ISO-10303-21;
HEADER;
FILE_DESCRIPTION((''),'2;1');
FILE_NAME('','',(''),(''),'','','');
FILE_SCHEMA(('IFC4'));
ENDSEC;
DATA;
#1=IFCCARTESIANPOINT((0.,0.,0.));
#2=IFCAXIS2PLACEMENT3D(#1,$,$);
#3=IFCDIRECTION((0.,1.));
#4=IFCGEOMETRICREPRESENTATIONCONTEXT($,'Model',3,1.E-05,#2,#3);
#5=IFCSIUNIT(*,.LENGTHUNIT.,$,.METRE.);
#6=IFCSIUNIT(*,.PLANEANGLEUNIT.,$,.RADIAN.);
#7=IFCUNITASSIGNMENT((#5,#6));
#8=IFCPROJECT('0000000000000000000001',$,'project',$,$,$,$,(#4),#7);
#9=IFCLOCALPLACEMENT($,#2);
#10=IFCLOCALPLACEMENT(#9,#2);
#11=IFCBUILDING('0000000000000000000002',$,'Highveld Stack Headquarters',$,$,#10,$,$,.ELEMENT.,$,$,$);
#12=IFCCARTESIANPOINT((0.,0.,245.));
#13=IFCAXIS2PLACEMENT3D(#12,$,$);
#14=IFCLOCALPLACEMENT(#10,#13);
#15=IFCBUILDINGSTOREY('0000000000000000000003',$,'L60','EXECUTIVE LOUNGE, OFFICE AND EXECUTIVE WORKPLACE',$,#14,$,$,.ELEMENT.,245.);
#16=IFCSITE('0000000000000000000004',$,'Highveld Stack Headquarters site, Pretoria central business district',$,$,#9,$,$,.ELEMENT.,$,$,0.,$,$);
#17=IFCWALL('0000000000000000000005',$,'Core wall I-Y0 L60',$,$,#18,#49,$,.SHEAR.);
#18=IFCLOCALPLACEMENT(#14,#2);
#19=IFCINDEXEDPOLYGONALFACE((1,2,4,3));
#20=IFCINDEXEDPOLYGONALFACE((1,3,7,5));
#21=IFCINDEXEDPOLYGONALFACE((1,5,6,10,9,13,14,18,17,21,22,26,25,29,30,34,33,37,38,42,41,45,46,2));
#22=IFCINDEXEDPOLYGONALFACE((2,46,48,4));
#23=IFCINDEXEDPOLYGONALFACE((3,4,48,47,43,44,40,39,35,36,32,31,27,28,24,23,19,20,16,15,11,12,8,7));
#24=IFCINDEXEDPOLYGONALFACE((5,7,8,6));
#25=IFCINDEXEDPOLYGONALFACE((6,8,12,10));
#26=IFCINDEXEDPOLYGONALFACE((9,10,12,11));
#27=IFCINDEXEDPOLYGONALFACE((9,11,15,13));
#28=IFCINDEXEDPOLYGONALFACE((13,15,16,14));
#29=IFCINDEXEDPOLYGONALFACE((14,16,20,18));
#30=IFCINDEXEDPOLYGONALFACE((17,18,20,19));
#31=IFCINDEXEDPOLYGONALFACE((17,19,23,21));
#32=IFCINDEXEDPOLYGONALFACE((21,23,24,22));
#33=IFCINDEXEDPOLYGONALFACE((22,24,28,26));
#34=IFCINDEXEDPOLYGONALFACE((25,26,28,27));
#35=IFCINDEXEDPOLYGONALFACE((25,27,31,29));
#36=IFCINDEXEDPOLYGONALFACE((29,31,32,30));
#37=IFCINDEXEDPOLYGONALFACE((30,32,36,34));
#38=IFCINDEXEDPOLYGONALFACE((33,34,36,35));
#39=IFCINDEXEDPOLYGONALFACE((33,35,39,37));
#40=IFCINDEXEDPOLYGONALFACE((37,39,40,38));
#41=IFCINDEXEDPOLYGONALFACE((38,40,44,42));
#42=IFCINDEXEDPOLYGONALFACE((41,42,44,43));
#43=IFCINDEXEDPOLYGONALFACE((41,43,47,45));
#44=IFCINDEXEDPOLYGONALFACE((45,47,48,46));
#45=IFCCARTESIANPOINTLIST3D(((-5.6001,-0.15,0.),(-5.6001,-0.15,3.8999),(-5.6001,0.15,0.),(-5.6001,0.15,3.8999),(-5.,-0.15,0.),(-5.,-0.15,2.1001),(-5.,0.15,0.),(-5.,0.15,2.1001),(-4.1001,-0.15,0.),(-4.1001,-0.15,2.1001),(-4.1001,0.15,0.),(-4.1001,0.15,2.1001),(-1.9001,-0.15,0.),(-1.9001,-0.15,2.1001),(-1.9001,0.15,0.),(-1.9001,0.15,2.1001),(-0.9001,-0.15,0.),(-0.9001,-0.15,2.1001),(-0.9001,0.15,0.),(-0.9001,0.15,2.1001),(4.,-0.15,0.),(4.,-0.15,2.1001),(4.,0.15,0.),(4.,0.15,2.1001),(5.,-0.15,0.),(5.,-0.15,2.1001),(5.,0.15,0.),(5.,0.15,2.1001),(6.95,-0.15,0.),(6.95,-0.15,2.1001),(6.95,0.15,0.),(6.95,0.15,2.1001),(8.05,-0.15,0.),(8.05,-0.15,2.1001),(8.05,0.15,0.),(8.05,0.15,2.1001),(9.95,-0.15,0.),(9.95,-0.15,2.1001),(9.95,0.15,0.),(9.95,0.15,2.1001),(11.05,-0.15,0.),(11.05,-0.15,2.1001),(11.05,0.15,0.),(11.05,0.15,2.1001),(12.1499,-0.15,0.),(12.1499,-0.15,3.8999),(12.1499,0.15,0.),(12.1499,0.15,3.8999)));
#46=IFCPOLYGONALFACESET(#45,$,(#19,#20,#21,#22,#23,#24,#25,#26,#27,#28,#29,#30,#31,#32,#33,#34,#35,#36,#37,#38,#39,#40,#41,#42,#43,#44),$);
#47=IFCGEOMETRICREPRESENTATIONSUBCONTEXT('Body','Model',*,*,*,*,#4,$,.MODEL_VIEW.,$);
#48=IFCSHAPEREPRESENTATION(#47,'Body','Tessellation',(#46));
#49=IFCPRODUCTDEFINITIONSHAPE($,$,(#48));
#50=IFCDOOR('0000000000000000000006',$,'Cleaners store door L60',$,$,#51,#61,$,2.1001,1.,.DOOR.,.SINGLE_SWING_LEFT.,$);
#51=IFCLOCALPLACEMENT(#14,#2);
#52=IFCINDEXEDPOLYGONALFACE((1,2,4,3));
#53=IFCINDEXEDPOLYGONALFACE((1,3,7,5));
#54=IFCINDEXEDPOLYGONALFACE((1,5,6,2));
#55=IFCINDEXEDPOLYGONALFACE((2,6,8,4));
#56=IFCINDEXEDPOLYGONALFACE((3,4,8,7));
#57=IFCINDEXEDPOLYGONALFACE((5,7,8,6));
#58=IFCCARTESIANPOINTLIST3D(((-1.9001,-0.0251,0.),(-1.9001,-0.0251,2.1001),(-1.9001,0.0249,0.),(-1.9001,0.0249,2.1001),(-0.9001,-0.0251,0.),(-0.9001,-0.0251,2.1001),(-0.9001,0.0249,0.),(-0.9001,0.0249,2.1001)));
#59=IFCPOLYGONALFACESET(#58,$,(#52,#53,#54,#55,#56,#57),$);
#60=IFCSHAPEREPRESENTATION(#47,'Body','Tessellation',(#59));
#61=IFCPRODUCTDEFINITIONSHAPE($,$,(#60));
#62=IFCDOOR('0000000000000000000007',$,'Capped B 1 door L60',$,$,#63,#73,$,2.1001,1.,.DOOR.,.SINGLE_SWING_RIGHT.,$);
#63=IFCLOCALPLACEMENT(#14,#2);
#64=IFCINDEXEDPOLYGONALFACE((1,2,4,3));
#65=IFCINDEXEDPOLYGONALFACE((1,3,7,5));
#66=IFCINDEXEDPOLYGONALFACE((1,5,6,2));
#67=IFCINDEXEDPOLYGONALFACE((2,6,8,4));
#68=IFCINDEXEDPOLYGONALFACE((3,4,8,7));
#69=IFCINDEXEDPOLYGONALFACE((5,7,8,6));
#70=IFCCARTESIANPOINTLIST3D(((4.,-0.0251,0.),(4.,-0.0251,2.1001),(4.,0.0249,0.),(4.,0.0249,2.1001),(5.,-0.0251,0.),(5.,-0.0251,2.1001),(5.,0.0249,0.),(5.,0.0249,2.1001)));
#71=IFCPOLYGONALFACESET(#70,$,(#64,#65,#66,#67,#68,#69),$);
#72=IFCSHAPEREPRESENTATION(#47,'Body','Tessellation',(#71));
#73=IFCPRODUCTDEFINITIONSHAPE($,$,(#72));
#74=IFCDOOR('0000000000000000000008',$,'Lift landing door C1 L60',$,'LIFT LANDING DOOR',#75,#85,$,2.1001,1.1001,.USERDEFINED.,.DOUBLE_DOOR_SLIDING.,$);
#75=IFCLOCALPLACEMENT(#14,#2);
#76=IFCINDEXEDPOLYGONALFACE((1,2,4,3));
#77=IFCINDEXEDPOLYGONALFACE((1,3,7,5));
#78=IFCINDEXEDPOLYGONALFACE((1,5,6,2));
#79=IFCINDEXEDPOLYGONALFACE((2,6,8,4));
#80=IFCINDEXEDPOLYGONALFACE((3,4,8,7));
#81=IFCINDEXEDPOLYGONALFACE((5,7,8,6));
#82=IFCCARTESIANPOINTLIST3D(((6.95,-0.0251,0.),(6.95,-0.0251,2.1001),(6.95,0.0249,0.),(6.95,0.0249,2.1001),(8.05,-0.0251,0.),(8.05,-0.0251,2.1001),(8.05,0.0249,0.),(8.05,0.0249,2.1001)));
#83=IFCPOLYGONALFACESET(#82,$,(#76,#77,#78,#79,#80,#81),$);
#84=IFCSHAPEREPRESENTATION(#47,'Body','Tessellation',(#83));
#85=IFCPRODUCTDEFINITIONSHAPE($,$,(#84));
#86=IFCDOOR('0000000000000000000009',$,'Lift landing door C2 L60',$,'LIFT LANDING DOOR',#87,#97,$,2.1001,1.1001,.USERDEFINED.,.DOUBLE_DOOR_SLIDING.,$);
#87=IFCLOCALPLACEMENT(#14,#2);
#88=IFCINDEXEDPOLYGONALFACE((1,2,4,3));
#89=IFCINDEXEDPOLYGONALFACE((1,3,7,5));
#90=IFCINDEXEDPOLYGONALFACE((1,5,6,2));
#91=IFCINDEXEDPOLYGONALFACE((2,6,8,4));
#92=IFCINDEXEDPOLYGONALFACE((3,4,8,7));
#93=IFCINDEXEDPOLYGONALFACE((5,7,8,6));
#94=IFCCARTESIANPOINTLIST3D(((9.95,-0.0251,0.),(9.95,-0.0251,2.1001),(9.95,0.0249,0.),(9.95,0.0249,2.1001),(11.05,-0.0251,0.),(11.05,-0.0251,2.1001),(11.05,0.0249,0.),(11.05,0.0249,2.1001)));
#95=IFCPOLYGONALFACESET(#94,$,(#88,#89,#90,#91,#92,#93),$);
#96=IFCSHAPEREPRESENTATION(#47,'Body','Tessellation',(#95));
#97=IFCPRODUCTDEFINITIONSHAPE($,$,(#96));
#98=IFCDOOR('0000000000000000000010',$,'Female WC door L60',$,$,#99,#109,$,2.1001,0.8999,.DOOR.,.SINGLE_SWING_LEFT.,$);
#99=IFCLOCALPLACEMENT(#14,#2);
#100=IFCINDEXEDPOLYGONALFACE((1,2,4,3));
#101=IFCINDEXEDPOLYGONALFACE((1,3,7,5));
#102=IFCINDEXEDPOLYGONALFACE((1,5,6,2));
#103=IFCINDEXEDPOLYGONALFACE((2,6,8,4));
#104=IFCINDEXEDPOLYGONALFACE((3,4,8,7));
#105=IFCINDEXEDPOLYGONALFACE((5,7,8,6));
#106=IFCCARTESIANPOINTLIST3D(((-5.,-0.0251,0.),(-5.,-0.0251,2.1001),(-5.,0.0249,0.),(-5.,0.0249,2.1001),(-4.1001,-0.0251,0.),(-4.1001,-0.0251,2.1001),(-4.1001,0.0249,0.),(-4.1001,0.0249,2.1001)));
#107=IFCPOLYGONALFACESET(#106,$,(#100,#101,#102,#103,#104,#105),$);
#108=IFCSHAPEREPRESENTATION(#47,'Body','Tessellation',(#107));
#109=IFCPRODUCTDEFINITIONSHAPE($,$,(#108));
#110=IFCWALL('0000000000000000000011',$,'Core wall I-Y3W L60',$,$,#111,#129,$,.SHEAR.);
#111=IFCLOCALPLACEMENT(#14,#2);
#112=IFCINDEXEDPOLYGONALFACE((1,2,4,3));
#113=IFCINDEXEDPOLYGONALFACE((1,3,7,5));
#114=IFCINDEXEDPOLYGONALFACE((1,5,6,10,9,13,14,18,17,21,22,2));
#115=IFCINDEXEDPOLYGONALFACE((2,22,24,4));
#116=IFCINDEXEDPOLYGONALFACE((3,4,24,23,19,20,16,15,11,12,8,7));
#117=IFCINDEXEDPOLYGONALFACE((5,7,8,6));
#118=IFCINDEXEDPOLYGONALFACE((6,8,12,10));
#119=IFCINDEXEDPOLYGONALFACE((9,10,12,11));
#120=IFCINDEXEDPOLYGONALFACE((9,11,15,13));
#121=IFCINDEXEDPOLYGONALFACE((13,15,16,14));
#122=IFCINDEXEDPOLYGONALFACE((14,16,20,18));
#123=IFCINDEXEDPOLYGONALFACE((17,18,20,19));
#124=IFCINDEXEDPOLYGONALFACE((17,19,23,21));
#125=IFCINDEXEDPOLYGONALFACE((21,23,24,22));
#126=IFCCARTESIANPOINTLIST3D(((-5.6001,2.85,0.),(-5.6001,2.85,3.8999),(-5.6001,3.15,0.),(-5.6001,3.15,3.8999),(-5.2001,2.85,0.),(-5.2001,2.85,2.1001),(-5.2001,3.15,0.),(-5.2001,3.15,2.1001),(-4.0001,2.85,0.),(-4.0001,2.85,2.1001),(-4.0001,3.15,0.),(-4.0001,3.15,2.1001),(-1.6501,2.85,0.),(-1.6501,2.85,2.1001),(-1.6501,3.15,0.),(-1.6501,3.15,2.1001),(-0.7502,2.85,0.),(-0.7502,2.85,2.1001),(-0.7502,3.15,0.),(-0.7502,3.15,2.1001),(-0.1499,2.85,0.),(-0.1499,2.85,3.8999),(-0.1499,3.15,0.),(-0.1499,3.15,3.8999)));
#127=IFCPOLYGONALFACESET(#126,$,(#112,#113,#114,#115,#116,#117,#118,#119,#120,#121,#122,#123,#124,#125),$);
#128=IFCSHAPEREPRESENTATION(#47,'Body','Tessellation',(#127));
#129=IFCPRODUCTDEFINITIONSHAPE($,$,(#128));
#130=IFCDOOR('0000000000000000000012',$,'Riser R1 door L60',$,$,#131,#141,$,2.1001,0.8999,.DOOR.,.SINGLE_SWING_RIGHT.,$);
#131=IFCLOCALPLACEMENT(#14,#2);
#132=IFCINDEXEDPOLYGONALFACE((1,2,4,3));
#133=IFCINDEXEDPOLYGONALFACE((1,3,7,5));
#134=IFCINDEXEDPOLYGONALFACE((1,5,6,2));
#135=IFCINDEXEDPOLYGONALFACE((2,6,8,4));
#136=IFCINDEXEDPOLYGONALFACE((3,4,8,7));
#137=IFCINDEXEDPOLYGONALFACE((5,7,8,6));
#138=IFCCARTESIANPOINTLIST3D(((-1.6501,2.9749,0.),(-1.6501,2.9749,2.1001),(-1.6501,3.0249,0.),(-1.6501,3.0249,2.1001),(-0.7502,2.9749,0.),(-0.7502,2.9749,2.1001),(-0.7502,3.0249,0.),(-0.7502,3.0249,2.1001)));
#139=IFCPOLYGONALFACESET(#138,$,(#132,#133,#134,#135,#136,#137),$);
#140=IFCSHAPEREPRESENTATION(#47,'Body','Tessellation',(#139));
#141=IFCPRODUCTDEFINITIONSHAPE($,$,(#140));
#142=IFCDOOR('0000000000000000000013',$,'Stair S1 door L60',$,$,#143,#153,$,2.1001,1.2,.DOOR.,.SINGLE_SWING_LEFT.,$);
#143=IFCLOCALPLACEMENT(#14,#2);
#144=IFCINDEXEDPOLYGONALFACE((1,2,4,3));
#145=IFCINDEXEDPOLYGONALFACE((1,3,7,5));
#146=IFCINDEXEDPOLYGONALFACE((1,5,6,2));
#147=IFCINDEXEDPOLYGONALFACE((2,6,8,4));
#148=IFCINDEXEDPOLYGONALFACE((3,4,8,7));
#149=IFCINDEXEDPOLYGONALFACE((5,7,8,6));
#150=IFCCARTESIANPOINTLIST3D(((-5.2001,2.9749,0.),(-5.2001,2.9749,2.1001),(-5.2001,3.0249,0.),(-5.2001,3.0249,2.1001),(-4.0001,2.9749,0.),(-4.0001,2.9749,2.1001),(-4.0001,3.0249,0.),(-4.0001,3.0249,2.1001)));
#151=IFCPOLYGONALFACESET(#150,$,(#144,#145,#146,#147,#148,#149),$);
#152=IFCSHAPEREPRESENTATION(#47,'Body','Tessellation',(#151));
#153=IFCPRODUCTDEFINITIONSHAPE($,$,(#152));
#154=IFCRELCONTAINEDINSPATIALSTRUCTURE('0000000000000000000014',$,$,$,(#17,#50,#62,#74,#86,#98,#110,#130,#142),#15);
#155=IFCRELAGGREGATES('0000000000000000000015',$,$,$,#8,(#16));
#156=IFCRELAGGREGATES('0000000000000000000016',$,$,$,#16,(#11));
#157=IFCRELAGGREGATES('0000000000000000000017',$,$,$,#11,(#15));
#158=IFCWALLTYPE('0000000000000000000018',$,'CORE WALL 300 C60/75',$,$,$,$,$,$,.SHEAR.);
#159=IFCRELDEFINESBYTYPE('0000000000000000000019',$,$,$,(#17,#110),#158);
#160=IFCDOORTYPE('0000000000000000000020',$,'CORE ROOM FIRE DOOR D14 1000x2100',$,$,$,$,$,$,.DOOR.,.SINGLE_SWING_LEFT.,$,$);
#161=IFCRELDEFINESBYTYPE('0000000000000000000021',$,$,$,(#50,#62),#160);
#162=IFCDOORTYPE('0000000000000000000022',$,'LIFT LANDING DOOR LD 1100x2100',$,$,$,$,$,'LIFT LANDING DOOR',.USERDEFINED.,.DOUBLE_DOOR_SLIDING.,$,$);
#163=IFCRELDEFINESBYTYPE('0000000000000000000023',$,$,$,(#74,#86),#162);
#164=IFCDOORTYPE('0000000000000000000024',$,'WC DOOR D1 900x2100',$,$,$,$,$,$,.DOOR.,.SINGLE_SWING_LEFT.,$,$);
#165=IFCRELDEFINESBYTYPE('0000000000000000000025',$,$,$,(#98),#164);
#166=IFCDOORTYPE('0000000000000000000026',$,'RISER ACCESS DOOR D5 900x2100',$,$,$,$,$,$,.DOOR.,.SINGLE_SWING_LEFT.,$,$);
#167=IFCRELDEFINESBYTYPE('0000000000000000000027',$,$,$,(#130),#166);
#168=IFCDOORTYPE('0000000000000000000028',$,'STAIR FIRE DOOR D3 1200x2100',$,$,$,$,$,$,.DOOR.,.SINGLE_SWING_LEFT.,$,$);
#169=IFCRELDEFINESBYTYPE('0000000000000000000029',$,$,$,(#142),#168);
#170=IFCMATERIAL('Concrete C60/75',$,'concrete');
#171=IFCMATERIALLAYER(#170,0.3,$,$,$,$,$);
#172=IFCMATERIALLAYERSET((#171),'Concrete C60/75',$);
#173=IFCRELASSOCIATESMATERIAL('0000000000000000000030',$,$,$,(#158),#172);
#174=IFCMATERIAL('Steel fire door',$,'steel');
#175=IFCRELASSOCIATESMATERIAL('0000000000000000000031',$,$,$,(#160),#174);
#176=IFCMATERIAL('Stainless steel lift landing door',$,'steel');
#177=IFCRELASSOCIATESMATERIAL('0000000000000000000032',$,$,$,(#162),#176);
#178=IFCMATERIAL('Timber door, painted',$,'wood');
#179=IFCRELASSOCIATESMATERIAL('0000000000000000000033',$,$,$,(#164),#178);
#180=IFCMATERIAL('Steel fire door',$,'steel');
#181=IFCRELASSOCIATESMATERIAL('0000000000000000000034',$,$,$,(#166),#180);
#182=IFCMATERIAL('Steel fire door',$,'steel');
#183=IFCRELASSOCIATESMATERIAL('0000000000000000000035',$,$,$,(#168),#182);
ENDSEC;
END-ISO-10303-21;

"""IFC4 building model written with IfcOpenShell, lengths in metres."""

from ifc_helpers import new_model, si_unit, direction, frame, frame_2d, origin, place, context, subcontext, project, spatial, rectangle, extrude, material, layer, layer_set, type_object, element, fill, save


model = new_model("IFC4")

# Units and contexts
model_context = context("Model", 3, precision=1e-05, world=origin(), true_north=direction((0.0, 1.0)))
body_context = subcontext(model_context, "Body", "Model", "MODEL_VIEW")
ifc_project = project(units=[si_unit("LENGTHUNIT", "METRE"), si_unit("PLANEANGLEUNIT", "RADIAN")], contexts=[model_context])

# Site, building, storey
site_placement = place(None, origin())
site = spatial("IfcSite", under=ifc_project, at=site_placement, Name="Highveld Stack Headquarters site, Pretoria central business district", CompositionType="ELEMENT", RefElevation=0.0)
building_placement = place(site_placement, origin())
building = spatial("IfcBuilding", under=site, at=building_placement, Name="Highveld Stack Headquarters", CompositionType="ELEMENT")
storey_placement = place(building_placement, frame((0.0, 0.0, 245.0)))
storey = spatial("IfcBuildingStorey", under=building, at=storey_placement, Name="L60", Description="EXECUTIVE LOUNGE, OFFICE AND EXECUTIVE WORKPLACE", CompositionType="ELEMENT", Elevation=245.0)

# Walls, openings, doors
ifc_material_1 = material(Name="Concrete C60/75", Category="concrete")
ifc_layer_1 = layer(ifc_material_1, 0.3)
ifc_layer_set_1 = layer_set([ifc_layer_1], Name="Concrete C60/75")
wall_type_1 = type_object("IfcWallType", Name="CORE WALL 300 C60/75", PredefinedType="SHEAR", material=ifc_layer_set_1)
wall_1_placement = place(storey_placement, frame((-5.6001, 0.0, 0.0), z_axis=(0.0, 0.0, 1.0), x_axis=(1.0, 0.0, 0.0)))
wall_1 = element("IfcWall", 1, at=wall_1_placement, inside=storey, type_object=wall_type_1, Name="Core wall I-Y0 L60", PredefinedType="SHEAR", context=body_context, shape_type="SweptSolid", body=[
    extrude(rectangle(XDim=17.75, YDim=0.3, at=frame_2d((8.875, 0.0))), origin(), (0.0, 0.0, 1.0), 3.8999),
])
opening_1_placement = place(wall_1_placement, frame((0.6001, 0.0, 0.0)))
opening_1 = element("IfcOpeningElement", 2, at=opening_1_placement, cuts=wall_1, PredefinedType="OPENING", context=body_context, shape_type="SweptSolid", body=[
    extrude(rectangle(XDim=0.8999, YDim=2.1001, at=frame_2d((0.45, 1.05))), frame((0.0, 0.1599, 0.0), z_axis=(0.0, -1.0, 0.0), x_axis=(1.0, 0.0, 0.0)), (0.0, 0.0, 1.0), 0.3201),
])
opening_2_placement = place(wall_1_placement, frame((3.7, 0.0, 0.0)))
opening_2 = element("IfcOpeningElement", 3, at=opening_2_placement, cuts=wall_1, PredefinedType="OPENING", context=body_context, shape_type="SweptSolid", body=[
    extrude(rectangle(XDim=1.0, YDim=2.1001, at=frame_2d((0.5, 1.05))), frame((0.0, 0.1599, 0.0), z_axis=(0.0, -1.0, 0.0), x_axis=(1.0, 0.0, 0.0)), (0.0, 0.0, 1.0), 0.3201),
])
opening_3_placement = place(wall_1_placement, frame((9.6001, 0.0, 0.0)))
opening_3 = element("IfcOpeningElement", 4, at=opening_3_placement, cuts=wall_1, PredefinedType="OPENING", context=body_context, shape_type="SweptSolid", body=[
    extrude(rectangle(XDim=1.0, YDim=2.1001, at=frame_2d((0.5, 1.05))), frame((0.0, 0.1599, 0.0), z_axis=(0.0, -1.0, 0.0), x_axis=(1.0, 0.0, 0.0)), (0.0, 0.0, 1.0), 0.3201),
])
opening_4_placement = place(wall_1_placement, frame((12.55, 0.0, 0.0)))
opening_4 = element("IfcOpeningElement", 5, at=opening_4_placement, cuts=wall_1, PredefinedType="OPENING", context=body_context, shape_type="SweptSolid", body=[
    extrude(rectangle(XDim=1.1001, YDim=2.1001, at=frame_2d((0.55, 1.05))), frame((0.0, 0.1599, 0.0), z_axis=(0.0, -1.0, 0.0), x_axis=(1.0, 0.0, 0.0)), (0.0, 0.0, 1.0), 0.3201),
])
opening_5_placement = place(wall_1_placement, frame((15.55, 0.0, 0.0)))
opening_5 = element("IfcOpeningElement", 6, at=opening_5_placement, cuts=wall_1, PredefinedType="OPENING", context=body_context, shape_type="SweptSolid", body=[
    extrude(rectangle(XDim=1.1001, YDim=2.1001, at=frame_2d((0.55, 1.05))), frame((0.0, 0.1599, 0.0), z_axis=(0.0, -1.0, 0.0), x_axis=(1.0, 0.0, 0.0)), (0.0, 0.0, 1.0), 0.3201),
])
ifc_material_2 = material(Name="Steel fire door", Category="steel")
door_type_1 = type_object("IfcDoorType", Name="CORE ROOM FIRE DOOR D14 1000x2100", OperationType="SINGLE_SWING_LEFT", PredefinedType="DOOR", material=ifc_material_2)
door_1_placement = place(opening_2_placement, origin())
door_1 = element("IfcDoor", 7, at=door_1_placement, inside=storey, type_object=door_type_1, Name="Cleaners store door L60", OperationType="SINGLE_SWING_LEFT", OverallHeight=2.1001, OverallWidth=1.0, PredefinedType="DOOR", context=body_context, shape_type="SweptSolid", body=[
    extrude(rectangle(XDim=1.0, YDim=2.1001, at=frame_2d((0.5, 1.05))), frame((0.0, 0.0249, 0.0), z_axis=(0.0, -1.0, 0.0), x_axis=(1.0, 0.0, 0.0)), (0.0, 0.0, 1.0), 0.05),
])
fill(opening_2, door_1)
door_2_placement = place(opening_3_placement, origin())
door_2 = element("IfcDoor", 8, at=door_2_placement, inside=storey, type_object=door_type_1, Name="Capped B 1 door L60", OperationType="SINGLE_SWING_RIGHT", OverallHeight=2.1001, OverallWidth=1.0, PredefinedType="DOOR", context=body_context, shape_type="SweptSolid", body=[
    extrude(rectangle(XDim=1.0, YDim=2.1001, at=frame_2d((0.5, 1.05))), frame((0.0, 0.0249, 0.0), z_axis=(0.0, -1.0, 0.0), x_axis=(1.0, 0.0, 0.0)), (0.0, 0.0, 1.0), 0.05),
])
fill(opening_3, door_2)
ifc_material_3 = material(Name="Stainless steel lift landing door", Category="steel")
door_type_2 = type_object("IfcDoorType", Name="LIFT LANDING DOOR LD 1100x2100", ElementType="LIFT LANDING DOOR", OperationType="DOUBLE_DOOR_SLIDING", PredefinedType="USERDEFINED", material=ifc_material_3)
door_3_placement = place(opening_4_placement, origin())
door_3 = element("IfcDoor", 9, at=door_3_placement, inside=storey, type_object=door_type_2, Name="Lift landing door C1 L60", ObjectType="LIFT LANDING DOOR", OperationType="DOUBLE_DOOR_SLIDING", OverallHeight=2.1001, OverallWidth=1.1001, PredefinedType="USERDEFINED", context=body_context, shape_type="SweptSolid", body=[
    extrude(rectangle(XDim=1.1001, YDim=2.1001, at=frame_2d((0.55, 1.05))), frame((0.0, 0.0249, 0.0), z_axis=(0.0, -1.0, 0.0), x_axis=(1.0, 0.0, 0.0)), (0.0, 0.0, 1.0), 0.05),
])
fill(opening_4, door_3)
door_4_placement = place(opening_5_placement, origin())
door_4 = element("IfcDoor", 10, at=door_4_placement, inside=storey, type_object=door_type_2, Name="Lift landing door C2 L60", ObjectType="LIFT LANDING DOOR", OperationType="DOUBLE_DOOR_SLIDING", OverallHeight=2.1001, OverallWidth=1.1001, PredefinedType="USERDEFINED", context=body_context, shape_type="SweptSolid", body=[
    extrude(rectangle(XDim=1.1001, YDim=2.1001, at=frame_2d((0.55, 1.05))), frame((0.0, 0.0249, 0.0), z_axis=(0.0, -1.0, 0.0), x_axis=(1.0, 0.0, 0.0)), (0.0, 0.0, 1.0), 0.05),
])
fill(opening_5, door_4)
ifc_material_4 = material(Name="Timber door, painted", Category="wood")
door_type_3 = type_object("IfcDoorType", Name="WC DOOR D1 900x2100", OperationType="SINGLE_SWING_LEFT", PredefinedType="DOOR", material=ifc_material_4)
door_5_placement = place(opening_1_placement, origin())
door_5 = element("IfcDoor", 11, at=door_5_placement, inside=storey, type_object=door_type_3, Name="Female WC door L60", OperationType="SINGLE_SWING_LEFT", OverallHeight=2.1001, OverallWidth=0.8999, PredefinedType="DOOR", context=body_context, shape_type="SweptSolid", body=[
    extrude(rectangle(XDim=0.8999, YDim=2.1001, at=frame_2d((0.45, 1.05))), frame((0.0, 0.0249, 0.0), z_axis=(0.0, -1.0, 0.0), x_axis=(1.0, 0.0, 0.0)), (0.0, 0.0, 1.0), 0.05),
])
fill(opening_1, door_5)
wall_2_placement = place(storey_placement, frame((-5.6001, 3.0, 0.0), z_axis=(0.0, 0.0, 1.0), x_axis=(1.0, 0.0, 0.0)))
wall_2 = element("IfcWall", 12, at=wall_2_placement, inside=storey, type_object=wall_type_1, Name="Core wall I-Y3W L60", PredefinedType="SHEAR", context=body_context, shape_type="SweptSolid", body=[
    extrude(rectangle(XDim=5.4502, YDim=0.3, at=frame_2d((2.7251, 0.0))), origin(), (0.0, 0.0, 1.0), 3.8999),
])
opening_6_placement = place(wall_2_placement, frame((0.3999, 0.0, 0.0)))
opening_6 = element("IfcOpeningElement", 13, at=opening_6_placement, cuts=wall_2, PredefinedType="OPENING", context=body_context, shape_type="SweptSolid", body=[
    extrude(rectangle(XDim=1.2, YDim=2.1001, at=frame_2d((0.6001, 1.05))), frame((0.0, 0.1599, 0.0), z_axis=(0.0, -1.0, 0.0), x_axis=(1.0, 0.0, 0.0)), (0.0, 0.0, 1.0), 0.3201),
])
opening_7_placement = place(wall_2_placement, frame((3.95, 0.0, 0.0)))
opening_7 = element("IfcOpeningElement", 14, at=opening_7_placement, cuts=wall_2, PredefinedType="OPENING", context=body_context, shape_type="SweptSolid", body=[
    extrude(rectangle(XDim=0.8999, YDim=2.1001, at=frame_2d((0.45, 1.05))), frame((0.0, 0.1599, 0.0), z_axis=(0.0, -1.0, 0.0), x_axis=(1.0, 0.0, 0.0)), (0.0, 0.0, 1.0), 0.3201),
])
ifc_material_5 = material(Name="Steel fire door", Category="steel")
door_type_4 = type_object("IfcDoorType", Name="RISER ACCESS DOOR D5 900x2100", OperationType="SINGLE_SWING_LEFT", PredefinedType="DOOR", material=ifc_material_5)
door_6_placement = place(opening_7_placement, origin())
door_6 = element("IfcDoor", 15, at=door_6_placement, inside=storey, type_object=door_type_4, Name="Riser R1 door L60", OperationType="SINGLE_SWING_RIGHT", OverallHeight=2.1001, OverallWidth=0.8999, PredefinedType="DOOR", context=body_context, shape_type="SweptSolid", body=[
    extrude(rectangle(XDim=0.8999, YDim=2.1001, at=frame_2d((0.45, 1.05))), frame((0.0, 0.0249, 0.0), z_axis=(0.0, -1.0, 0.0), x_axis=(1.0, 0.0, 0.0)), (0.0, 0.0, 1.0), 0.05),
])
fill(opening_7, door_6)
ifc_material_6 = material(Name="Steel fire door", Category="steel")
door_type_5 = type_object("IfcDoorType", Name="STAIR FIRE DOOR D3 1200x2100", OperationType="SINGLE_SWING_LEFT", PredefinedType="DOOR", material=ifc_material_6)
door_7_placement = place(opening_6_placement, origin())
door_7 = element("IfcDoor", 16, at=door_7_placement, inside=storey, type_object=door_type_5, Name="Stair S1 door L60", OperationType="SINGLE_SWING_LEFT", OverallHeight=2.1001, OverallWidth=1.2, PredefinedType="DOOR", context=body_context, shape_type="SweptSolid", body=[
    extrude(rectangle(XDim=1.2, YDim=2.1001, at=frame_2d((0.6001, 1.05))), frame((0.0, 0.0249, 0.0), z_axis=(0.0, -1.0, 0.0), x_axis=(1.0, 0.0, 0.0)), (0.0, 0.0, 1.0), 0.05),
])
fill(opening_6, door_7)

save(model, "model.ifc")
